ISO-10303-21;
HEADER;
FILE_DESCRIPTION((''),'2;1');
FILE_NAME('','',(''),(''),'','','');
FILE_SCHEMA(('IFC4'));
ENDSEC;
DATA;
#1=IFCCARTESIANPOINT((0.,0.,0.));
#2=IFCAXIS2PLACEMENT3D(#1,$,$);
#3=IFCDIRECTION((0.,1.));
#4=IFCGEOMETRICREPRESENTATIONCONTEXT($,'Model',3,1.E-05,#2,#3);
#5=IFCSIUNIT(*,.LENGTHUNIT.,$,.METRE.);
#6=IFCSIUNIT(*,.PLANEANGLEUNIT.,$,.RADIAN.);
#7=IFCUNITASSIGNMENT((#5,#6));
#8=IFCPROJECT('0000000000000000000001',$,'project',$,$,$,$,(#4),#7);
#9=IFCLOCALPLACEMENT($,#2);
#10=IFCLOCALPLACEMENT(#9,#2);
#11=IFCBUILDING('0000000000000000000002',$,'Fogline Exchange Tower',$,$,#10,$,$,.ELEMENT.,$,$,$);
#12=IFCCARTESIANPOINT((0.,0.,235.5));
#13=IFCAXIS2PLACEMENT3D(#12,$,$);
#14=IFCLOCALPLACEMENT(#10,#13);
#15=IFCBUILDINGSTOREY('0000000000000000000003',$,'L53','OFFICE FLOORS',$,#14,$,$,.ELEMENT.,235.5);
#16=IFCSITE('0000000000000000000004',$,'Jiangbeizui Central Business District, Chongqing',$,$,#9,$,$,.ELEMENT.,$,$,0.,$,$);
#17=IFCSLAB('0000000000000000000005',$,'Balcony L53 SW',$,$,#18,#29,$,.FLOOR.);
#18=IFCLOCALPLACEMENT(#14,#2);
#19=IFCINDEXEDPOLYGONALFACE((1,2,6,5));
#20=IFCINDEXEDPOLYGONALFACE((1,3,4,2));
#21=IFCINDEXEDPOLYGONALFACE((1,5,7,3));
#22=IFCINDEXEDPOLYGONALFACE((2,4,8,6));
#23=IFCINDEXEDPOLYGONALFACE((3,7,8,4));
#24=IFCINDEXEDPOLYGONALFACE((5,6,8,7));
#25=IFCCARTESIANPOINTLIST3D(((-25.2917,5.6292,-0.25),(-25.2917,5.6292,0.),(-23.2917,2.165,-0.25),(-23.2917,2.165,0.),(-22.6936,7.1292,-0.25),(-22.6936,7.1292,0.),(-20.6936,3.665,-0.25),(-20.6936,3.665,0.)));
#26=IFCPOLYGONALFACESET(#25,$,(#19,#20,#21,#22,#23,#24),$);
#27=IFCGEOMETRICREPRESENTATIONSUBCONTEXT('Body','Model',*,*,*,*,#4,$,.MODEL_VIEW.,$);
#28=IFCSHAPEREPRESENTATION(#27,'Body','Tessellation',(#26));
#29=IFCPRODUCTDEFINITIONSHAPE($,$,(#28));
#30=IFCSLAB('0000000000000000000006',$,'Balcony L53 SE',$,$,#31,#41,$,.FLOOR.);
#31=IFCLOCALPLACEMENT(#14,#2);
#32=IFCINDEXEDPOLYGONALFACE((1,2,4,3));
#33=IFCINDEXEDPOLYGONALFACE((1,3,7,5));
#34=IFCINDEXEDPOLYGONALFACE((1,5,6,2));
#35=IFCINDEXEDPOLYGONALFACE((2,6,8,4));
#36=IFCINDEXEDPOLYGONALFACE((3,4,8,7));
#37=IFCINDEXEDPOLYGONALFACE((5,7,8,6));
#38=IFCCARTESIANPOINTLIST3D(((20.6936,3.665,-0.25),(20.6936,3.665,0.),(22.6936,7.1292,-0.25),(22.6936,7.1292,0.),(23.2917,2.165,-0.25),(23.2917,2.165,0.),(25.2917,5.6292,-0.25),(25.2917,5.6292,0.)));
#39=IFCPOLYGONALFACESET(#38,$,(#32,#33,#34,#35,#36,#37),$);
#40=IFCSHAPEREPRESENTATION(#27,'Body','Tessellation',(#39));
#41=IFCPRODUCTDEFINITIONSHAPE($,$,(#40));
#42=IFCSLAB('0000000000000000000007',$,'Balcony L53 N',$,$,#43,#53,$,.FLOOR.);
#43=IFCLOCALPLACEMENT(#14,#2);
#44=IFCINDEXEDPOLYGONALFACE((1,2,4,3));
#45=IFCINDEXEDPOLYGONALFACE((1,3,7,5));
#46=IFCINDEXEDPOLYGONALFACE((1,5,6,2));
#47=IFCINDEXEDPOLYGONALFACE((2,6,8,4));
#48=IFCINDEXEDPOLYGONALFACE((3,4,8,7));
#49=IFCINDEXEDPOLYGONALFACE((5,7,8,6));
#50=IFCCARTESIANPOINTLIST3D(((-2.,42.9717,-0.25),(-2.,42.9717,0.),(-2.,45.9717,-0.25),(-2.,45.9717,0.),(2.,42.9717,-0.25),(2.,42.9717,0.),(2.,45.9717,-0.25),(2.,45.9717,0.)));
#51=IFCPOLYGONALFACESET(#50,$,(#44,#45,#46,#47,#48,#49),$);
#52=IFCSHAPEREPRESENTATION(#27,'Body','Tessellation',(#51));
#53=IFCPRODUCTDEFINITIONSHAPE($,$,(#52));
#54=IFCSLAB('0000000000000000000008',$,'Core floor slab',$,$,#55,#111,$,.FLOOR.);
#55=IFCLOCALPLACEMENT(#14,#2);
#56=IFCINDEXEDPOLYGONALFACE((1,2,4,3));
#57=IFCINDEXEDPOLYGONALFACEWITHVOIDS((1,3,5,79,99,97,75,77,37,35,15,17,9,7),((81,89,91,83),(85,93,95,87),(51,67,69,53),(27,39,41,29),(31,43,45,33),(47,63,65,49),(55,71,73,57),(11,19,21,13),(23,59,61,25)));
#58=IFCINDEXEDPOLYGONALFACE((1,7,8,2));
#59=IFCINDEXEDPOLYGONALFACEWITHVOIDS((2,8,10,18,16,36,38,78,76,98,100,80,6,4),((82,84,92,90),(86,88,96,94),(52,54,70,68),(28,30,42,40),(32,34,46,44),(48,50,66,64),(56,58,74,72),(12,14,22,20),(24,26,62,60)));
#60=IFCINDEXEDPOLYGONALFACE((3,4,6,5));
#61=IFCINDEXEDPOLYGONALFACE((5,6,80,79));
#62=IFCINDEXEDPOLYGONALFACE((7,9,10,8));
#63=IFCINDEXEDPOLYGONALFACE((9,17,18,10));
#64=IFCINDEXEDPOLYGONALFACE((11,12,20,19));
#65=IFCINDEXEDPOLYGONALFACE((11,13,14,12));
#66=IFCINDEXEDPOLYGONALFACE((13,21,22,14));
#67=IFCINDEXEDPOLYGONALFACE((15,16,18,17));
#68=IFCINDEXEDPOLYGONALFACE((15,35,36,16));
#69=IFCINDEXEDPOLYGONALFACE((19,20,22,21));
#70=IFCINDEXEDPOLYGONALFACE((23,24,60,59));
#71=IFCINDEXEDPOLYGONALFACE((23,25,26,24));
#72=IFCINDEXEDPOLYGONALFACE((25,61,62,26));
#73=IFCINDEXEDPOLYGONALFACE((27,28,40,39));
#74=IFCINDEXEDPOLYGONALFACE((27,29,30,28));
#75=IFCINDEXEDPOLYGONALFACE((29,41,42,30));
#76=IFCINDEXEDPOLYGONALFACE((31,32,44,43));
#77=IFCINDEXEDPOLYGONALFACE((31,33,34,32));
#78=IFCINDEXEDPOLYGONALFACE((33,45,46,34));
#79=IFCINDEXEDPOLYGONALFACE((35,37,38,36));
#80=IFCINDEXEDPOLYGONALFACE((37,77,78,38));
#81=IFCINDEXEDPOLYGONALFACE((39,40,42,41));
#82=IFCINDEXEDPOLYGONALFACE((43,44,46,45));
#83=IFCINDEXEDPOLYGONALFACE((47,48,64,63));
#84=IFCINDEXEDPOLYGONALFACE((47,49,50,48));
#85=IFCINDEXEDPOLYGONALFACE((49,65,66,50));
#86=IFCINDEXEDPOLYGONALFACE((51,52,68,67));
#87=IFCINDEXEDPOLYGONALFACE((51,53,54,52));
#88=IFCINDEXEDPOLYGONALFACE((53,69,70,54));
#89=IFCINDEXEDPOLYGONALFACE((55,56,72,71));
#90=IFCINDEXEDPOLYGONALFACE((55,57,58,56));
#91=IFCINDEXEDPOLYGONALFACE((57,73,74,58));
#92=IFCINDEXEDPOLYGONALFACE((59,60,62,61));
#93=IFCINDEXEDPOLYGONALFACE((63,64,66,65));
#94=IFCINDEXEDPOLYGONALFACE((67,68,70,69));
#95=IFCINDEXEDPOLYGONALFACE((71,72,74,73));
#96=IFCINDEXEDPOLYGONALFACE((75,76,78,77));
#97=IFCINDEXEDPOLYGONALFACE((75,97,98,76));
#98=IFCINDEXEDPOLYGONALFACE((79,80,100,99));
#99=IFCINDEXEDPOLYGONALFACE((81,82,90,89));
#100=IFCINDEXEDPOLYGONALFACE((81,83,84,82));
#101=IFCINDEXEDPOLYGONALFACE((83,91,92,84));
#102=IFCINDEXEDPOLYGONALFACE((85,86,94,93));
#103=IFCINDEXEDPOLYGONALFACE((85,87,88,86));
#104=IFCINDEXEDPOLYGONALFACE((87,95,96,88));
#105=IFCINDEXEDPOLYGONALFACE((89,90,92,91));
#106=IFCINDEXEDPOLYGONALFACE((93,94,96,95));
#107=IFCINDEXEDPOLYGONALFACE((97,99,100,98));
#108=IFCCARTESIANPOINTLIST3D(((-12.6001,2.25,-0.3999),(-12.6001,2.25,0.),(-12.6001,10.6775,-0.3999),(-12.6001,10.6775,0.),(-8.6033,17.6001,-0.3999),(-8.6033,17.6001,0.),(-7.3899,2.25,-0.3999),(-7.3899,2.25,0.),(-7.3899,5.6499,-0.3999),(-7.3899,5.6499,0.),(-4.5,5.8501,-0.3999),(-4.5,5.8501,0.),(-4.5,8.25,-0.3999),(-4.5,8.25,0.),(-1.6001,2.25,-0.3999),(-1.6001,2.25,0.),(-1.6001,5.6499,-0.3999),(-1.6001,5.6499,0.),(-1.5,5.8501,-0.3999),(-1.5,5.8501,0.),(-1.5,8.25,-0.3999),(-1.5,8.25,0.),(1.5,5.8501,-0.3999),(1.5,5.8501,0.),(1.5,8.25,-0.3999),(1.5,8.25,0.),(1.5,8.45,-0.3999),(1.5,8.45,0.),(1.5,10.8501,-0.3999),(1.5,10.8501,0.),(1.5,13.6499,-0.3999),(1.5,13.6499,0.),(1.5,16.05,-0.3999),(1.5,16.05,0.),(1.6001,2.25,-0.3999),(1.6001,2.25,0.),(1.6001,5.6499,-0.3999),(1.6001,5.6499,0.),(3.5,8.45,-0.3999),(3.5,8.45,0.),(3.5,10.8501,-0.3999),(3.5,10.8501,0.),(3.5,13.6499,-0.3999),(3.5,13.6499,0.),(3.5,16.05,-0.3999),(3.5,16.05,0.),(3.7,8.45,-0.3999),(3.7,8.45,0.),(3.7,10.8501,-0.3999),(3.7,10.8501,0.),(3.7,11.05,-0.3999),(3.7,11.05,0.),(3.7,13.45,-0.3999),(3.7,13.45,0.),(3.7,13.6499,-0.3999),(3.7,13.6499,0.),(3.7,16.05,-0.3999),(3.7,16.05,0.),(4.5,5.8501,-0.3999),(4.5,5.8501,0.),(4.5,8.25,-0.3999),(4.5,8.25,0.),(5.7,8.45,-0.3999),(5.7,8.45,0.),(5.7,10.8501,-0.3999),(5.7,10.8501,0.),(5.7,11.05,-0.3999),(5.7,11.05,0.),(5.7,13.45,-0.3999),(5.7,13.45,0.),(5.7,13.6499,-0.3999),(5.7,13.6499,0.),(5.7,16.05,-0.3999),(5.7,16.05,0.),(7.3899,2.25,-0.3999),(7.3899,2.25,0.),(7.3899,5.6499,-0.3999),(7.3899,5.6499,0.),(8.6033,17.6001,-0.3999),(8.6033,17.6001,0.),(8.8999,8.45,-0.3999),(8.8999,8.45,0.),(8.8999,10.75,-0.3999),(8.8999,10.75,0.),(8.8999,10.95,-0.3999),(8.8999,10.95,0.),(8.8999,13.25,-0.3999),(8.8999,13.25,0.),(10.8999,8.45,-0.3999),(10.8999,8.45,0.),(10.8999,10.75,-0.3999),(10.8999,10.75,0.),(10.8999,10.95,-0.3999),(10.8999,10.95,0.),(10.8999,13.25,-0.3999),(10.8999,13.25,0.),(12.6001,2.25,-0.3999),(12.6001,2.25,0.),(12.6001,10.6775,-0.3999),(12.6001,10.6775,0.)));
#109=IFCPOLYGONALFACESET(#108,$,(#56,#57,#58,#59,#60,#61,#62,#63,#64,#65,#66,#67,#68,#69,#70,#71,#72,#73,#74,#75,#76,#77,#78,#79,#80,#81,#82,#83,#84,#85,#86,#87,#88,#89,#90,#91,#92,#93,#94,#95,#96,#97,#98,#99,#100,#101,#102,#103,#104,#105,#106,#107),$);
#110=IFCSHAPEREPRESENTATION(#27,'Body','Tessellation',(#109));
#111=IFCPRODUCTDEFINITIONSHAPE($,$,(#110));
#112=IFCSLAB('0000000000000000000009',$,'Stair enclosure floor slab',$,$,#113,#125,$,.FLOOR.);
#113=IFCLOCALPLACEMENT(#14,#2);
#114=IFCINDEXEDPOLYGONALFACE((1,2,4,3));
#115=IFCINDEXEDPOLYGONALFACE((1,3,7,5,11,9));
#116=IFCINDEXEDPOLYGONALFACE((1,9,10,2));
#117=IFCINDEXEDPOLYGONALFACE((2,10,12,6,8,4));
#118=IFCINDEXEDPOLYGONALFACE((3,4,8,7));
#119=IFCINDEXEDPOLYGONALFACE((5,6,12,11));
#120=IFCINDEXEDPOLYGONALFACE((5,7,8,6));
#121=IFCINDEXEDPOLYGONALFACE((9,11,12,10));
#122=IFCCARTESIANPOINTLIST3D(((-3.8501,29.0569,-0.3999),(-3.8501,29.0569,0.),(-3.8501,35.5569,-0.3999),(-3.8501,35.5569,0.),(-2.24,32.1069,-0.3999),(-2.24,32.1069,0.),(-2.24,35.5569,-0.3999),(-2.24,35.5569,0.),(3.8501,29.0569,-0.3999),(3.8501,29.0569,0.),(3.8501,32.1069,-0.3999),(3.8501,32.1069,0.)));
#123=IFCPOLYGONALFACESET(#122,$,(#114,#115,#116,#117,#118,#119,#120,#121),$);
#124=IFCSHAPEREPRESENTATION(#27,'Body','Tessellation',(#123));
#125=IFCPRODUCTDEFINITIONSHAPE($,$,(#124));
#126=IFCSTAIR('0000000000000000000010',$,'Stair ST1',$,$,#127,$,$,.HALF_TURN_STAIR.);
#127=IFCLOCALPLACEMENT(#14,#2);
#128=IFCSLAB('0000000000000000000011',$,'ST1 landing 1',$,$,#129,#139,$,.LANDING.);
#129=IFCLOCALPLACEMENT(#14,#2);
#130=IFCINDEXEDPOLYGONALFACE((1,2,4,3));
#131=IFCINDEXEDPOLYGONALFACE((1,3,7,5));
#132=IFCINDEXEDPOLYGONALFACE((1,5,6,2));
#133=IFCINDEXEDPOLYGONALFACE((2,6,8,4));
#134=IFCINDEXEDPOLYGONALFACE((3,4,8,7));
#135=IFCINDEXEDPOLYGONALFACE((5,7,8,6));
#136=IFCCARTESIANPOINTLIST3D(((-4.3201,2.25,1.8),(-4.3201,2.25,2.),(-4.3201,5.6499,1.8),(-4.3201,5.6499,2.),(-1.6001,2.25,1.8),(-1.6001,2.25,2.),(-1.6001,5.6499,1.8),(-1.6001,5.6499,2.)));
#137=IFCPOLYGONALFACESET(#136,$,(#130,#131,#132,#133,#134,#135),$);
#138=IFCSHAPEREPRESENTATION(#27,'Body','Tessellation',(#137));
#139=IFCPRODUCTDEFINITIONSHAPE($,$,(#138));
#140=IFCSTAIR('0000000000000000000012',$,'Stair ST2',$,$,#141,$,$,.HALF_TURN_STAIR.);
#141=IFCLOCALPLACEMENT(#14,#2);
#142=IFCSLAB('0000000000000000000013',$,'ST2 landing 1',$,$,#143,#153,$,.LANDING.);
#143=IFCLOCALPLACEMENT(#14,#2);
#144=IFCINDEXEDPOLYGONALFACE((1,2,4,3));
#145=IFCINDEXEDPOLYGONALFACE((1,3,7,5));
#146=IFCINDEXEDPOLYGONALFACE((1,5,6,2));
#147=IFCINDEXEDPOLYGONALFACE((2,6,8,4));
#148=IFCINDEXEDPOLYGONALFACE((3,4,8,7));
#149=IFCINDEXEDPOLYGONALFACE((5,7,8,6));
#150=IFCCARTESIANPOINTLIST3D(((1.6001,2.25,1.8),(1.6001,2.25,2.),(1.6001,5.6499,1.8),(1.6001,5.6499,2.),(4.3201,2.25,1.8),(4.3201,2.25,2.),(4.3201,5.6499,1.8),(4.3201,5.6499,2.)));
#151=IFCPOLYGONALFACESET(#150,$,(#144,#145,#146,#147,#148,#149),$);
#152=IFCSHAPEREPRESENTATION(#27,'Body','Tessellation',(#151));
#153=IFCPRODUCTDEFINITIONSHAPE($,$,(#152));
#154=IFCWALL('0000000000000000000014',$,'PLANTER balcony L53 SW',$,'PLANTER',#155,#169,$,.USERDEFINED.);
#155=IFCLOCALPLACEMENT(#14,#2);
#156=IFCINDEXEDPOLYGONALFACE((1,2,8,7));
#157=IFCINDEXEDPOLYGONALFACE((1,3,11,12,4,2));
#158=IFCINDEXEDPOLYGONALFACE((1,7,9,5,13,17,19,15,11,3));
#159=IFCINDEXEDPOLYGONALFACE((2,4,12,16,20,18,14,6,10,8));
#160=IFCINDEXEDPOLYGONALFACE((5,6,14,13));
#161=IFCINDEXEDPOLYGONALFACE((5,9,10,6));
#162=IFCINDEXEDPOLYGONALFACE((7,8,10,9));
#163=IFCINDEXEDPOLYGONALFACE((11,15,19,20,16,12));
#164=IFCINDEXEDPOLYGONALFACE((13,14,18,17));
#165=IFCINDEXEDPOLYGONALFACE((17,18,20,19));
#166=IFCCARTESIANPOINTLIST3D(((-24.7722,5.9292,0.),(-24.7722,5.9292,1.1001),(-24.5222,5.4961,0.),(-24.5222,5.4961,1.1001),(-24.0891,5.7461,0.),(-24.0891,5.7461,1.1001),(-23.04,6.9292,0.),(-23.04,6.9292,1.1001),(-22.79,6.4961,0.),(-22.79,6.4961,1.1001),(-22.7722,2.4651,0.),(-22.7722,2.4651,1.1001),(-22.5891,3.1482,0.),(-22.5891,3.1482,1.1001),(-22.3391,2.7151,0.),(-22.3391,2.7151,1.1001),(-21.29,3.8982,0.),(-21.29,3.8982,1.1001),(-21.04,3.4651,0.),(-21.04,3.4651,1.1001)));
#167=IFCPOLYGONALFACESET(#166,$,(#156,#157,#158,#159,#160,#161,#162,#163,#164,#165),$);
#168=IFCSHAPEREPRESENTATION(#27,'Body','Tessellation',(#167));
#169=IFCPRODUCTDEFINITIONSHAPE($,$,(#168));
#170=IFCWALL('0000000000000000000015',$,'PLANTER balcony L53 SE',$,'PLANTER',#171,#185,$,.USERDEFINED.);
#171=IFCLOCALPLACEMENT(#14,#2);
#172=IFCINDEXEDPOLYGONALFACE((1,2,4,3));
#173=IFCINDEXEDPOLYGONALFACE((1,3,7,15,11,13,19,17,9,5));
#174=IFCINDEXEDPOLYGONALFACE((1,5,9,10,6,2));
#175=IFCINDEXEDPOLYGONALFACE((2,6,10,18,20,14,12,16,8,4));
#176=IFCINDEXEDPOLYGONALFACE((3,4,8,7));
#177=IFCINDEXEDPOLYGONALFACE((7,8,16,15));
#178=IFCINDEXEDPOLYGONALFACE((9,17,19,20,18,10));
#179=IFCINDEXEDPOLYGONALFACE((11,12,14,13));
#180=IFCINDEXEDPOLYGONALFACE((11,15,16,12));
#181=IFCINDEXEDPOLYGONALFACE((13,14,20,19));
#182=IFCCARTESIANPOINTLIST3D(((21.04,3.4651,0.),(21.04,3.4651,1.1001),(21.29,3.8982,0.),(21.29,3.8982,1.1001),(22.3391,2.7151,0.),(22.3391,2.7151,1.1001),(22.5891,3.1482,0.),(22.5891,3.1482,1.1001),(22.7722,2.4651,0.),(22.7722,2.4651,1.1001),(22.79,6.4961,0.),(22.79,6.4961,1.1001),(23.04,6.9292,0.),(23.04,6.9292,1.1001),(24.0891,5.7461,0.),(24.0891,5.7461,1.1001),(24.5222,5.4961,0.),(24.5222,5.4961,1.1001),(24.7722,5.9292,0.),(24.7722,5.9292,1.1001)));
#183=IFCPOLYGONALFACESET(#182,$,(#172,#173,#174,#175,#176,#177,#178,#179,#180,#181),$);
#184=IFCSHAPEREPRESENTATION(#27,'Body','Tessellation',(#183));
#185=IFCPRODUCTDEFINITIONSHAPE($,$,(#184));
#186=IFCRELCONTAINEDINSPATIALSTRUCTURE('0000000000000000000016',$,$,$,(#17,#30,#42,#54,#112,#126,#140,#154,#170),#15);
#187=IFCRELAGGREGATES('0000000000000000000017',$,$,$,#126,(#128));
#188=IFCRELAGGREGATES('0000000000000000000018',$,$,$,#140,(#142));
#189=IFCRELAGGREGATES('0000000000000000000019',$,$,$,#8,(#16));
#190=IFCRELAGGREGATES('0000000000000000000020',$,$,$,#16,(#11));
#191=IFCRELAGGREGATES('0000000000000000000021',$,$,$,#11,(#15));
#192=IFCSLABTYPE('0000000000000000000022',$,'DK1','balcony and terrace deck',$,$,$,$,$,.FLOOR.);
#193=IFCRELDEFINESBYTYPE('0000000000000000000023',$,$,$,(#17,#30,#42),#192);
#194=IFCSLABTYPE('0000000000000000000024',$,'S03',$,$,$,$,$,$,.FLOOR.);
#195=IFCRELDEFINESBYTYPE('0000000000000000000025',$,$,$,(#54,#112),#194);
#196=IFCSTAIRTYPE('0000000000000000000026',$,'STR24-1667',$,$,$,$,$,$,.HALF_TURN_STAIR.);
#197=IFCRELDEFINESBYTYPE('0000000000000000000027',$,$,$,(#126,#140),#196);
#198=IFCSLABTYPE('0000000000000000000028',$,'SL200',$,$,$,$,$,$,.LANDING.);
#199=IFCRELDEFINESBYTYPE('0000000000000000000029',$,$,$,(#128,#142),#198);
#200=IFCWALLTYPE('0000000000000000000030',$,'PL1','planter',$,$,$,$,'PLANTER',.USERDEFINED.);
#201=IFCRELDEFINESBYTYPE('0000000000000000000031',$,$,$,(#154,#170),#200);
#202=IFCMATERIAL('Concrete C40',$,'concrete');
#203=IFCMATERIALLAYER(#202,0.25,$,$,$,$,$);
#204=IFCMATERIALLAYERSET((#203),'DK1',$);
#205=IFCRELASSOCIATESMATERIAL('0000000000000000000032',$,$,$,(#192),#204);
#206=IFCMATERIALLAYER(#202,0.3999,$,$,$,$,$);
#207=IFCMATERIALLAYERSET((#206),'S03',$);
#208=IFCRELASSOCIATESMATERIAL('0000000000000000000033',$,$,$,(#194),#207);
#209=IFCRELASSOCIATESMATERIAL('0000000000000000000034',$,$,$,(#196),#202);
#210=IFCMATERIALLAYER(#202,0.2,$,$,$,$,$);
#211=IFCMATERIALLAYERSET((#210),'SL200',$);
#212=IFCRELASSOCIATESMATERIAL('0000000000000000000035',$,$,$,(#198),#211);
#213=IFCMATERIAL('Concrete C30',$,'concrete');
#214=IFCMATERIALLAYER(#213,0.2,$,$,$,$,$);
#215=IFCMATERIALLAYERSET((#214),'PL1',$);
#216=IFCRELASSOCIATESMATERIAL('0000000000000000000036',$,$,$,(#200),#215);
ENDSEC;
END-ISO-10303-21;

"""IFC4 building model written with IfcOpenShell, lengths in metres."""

from ifc_helpers import new_model, si_unit, direction, frame, origin, place, context, subcontext, project, spatial, polyline, outline, extrude, material, layer, layer_set, type_object, element, aggregate, save


model = new_model("IFC4")

# Units and contexts
model_context = context("Model", 3, precision=1e-05, world=origin(), true_north=direction((0.0, 1.0)))
body_context = subcontext(model_context, "Body", "Model", "MODEL_VIEW")
ifc_project = project(units=[si_unit("LENGTHUNIT", "METRE"), si_unit("PLANEANGLEUNIT", "RADIAN")], contexts=[model_context])

# Site, building, storey
site_placement = place(None, origin())
site = spatial("IfcSite", under=ifc_project, at=site_placement, Name="Jiangbeizui Central Business District, Chongqing", CompositionType="ELEMENT", RefElevation=0.0)
building_placement = place(site_placement, origin())
building = spatial("IfcBuilding", under=site, at=building_placement, Name="Fogline Exchange Tower", CompositionType="ELEMENT")
storey_placement = place(building_placement, frame((0.0, 0.0, 235.5)))
storey = spatial("IfcBuildingStorey", under=building, at=storey_placement, Name="L53", Description="OFFICE FLOORS", CompositionType="ELEMENT", Elevation=235.5)

# Slabs
ifc_material_1 = material(Name="Concrete C40", Category="concrete")
ifc_layer_1 = layer(ifc_material_1, 0.25)
ifc_layer_set_1 = layer_set([ifc_layer_1], Name="DK1")
slab_type_1 = type_object("IfcSlabType", Name="DK1", Description="balcony and terrace deck", PredefinedType="FLOOR", material=ifc_layer_set_1)
slab_1_placement = place(storey_placement, frame((0.0, 0.0, -0.25)))
element("IfcSlab", 1, at=slab_1_placement, inside=storey, type_object=slab_type_1, Name="Balcony L53 SW", PredefinedType="FLOOR", context=body_context, shape_type="SweptSolid", body=[
    extrude(outline(polyline([(-25.2917, 5.6292), (-23.2917, 2.165), (-20.6936, 3.665), (-22.6936, 7.1292), (-25.2917, 5.6292)])), origin(), (0.0, 0.0, 1.0), 0.25),
])
slab_2_placement = place(storey_placement, frame((0.0, 0.0, -0.25)))
element("IfcSlab", 2, at=slab_2_placement, inside=storey, type_object=slab_type_1, Name="Balcony L53 SE", PredefinedType="FLOOR", context=body_context, shape_type="SweptSolid", body=[
    extrude(outline(polyline([(23.2917, 2.165), (25.2917, 5.6292), (22.6936, 7.1292), (20.6936, 3.665), (23.2917, 2.165)])), origin(), (0.0, 0.0, 1.0), 0.25),
])
slab_3_placement = place(storey_placement, frame((0.0, 0.0, -0.25)))
element("IfcSlab", 3, at=slab_3_placement, inside=storey, type_object=slab_type_1, Name="Balcony L53 N", PredefinedType="FLOOR", context=body_context, shape_type="SweptSolid", body=[
    extrude(outline(polyline([(2.0, 45.9717), (-2.0, 45.9717), (-2.0, 42.9717), (2.0, 42.9717), (2.0, 45.9717)])), origin(), (0.0, 0.0, 1.0), 0.25),
])
ifc_layer_2 = layer(ifc_material_1, 0.3999)
ifc_layer_set_2 = layer_set([ifc_layer_2], Name="S03")
slab_type_2 = type_object("IfcSlabType", Name="S03", PredefinedType="FLOOR", material=ifc_layer_set_2)
slab_4_placement = place(storey_placement, frame((0.0, 0.0, -0.3999)))
element("IfcSlab", 4, at=slab_4_placement, inside=storey, type_object=slab_type_2, Name="Core floor slab", PredefinedType="FLOOR", context=body_context, shape_type="SweptSolid", body=[
    extrude(outline(polyline([(-12.6001, 2.25), (-12.6001, 10.6775), (-8.6033, 17.6001), (8.6033, 17.6001), (12.6001, 10.6775), (12.6001, 2.25), (7.3899, 2.25), (7.3899, 5.6499), (1.6001, 5.6499), (1.6001, 2.25), (-1.6001, 2.25), (-1.6001, 5.6499), (-7.3899, 5.6499), (-7.3899, 2.25), (-12.6001, 2.25)]), holes=[polyline([(-4.5, 8.25), (-4.5, 5.8501), (-1.5, 5.8501), (-1.5, 8.25), (-4.5, 8.25)]), polyline([(4.5, 8.25), (1.5, 8.25), (1.5, 5.8501), (4.5, 5.8501), (4.5, 8.25)]), polyline([(3.5, 10.8501), (1.5, 10.8501), (1.5, 8.45), (3.5, 8.45), (3.5, 10.8501)]), polyline([(1.5, 16.05), (1.5, 13.6499), (3.5, 13.6499), (3.5, 16.05), (1.5, 16.05)]), polyline([(10.8999, 10.75), (8.8999, 10.75), (8.8999, 8.45), (10.8999, 8.45), (10.8999, 10.75)]), polyline([(5.7, 10.8501), (3.7, 10.8501), (3.7, 8.45), (5.7, 8.45), (5.7, 10.8501)]), polyline([(8.8999, 13.25), (8.8999, 10.95), (10.8999, 10.95), (10.8999, 13.25), (8.8999, 13.25)]), polyline([(5.7, 13.45), (3.7, 13.45), (3.7, 11.05), (5.7, 11.05), (5.7, 13.45)]), polyline([(5.7, 16.05), (3.7, 16.05), (3.7, 13.6499), (5.7, 13.6499), (5.7, 16.05)])]), origin(), (0.0, 0.0, 1.0), 0.3999),
])
slab_5_placement = place(storey_placement, frame((0.0, 0.0, -0.3999)))
element("IfcSlab", 5, at=slab_5_placement, inside=storey, type_object=slab_type_2, Name="Stair enclosure floor slab", PredefinedType="FLOOR", context=body_context, shape_type="SweptSolid", body=[
    extrude(outline(polyline([(3.8501, 29.0569), (-3.8501, 29.0569), (-3.8501, 35.5569), (-2.24, 35.5569), (-2.24, 32.1069), (3.8501, 32.1069), (3.8501, 29.0569)])), origin(), (0.0, 0.0, 1.0), 0.3999),
])

# Stairs, slabs
stair_type = type_object("IfcStairType", Name="STR24-1667", PredefinedType="HALF_TURN_STAIR", material=ifc_material_1)
stair_1_placement = place(storey_placement, origin())
stair_1 = element("IfcStair", 6, at=stair_1_placement, inside=storey, type_object=stair_type, Name="Stair ST1", PredefinedType="HALF_TURN_STAIR")
ifc_layer_3 = layer(ifc_material_1, 0.2)
ifc_layer_set_3 = layer_set([ifc_layer_3], Name="SL200")
slab_type_3 = type_object("IfcSlabType", Name="SL200", PredefinedType="LANDING", material=ifc_layer_set_3)
slab_6_placement = place(storey_placement, frame((0.0, 0.0, 1.8)))
slab_6 = element("IfcSlab", 7, at=slab_6_placement, type_object=slab_type_3, Name="ST1 landing 1", PredefinedType="LANDING", context=body_context, shape_type="SweptSolid", body=[
    extrude(outline(polyline([(-4.3201, 2.25), (-1.6001, 2.25), (-1.6001, 5.6499), (-4.3201, 5.6499), (-4.3201, 2.25)])), origin(), (0.0, 0.0, 1.0), 0.2),
])
aggregate(stair_1, [slab_6])
stair_2_placement = place(storey_placement, origin())
stair_2 = element("IfcStair", 8, at=stair_2_placement, inside=storey, type_object=stair_type, Name="Stair ST2", PredefinedType="HALF_TURN_STAIR")
slab_7_placement = place(storey_placement, frame((0.0, 0.0, 1.8)))
slab_7 = element("IfcSlab", 9, at=slab_7_placement, type_object=slab_type_3, Name="ST2 landing 1", PredefinedType="LANDING", context=body_context, shape_type="SweptSolid", body=[
    extrude(outline(polyline([(1.6001, 2.25), (4.3201, 2.25), (4.3201, 5.6499), (1.6001, 5.6499), (1.6001, 2.25)])), origin(), (0.0, 0.0, 1.0), 0.2),
])
aggregate(stair_2, [slab_7])

# Walls
ifc_material_2 = material(Name="Concrete C30", Category="concrete")
ifc_layer_4 = layer(ifc_material_2, 0.2)
ifc_layer_set_4 = layer_set([ifc_layer_4], Name="PL1")
wall_type = type_object("IfcWallType", Name="PL1", Description="planter", ElementType="PLANTER", PredefinedType="USERDEFINED", material=ifc_layer_set_4)
wall_1_placement = place(storey_placement, origin())
element("IfcWall", 10, at=wall_1_placement, inside=storey, type_object=wall_type, Name="PLANTER balcony L53 SW", ObjectType="PLANTER", PredefinedType="USERDEFINED", context=body_context, shape_type="SweptSolid", body=[
    extrude(outline(polyline([(-21.29, 3.8982), (-22.5891, 3.1482), (-24.0891, 5.7461), (-22.79, 6.4961), (-23.04, 6.9292), (-24.7722, 5.9292), (-24.5222, 5.4961), (-22.7722, 2.4651), (-22.3391, 2.7151), (-22.3391, 2.7151), (-21.04, 3.4651), (-21.29, 3.8982)])), origin(), (0.0, 0.0, 1.0), 1.1001),
])
wall_2_placement = place(storey_placement, origin())
element("IfcWall", 11, at=wall_2_placement, inside=storey, type_object=wall_type, Name="PLANTER balcony L53 SE", ObjectType="PLANTER", PredefinedType="USERDEFINED", context=body_context, shape_type="SweptSolid", body=[
    extrude(outline(polyline([(21.04, 3.4651), (22.3391, 2.7151), (22.3391, 2.7151), (22.7722, 2.4651), (24.5222, 5.4961), (24.7722, 5.9292), (23.04, 6.9292), (22.79, 6.4961), (24.0891, 5.7461), (22.5891, 3.1482), (21.29, 3.8982), (21.04, 3.4651)])), origin(), (0.0, 0.0, 1.0), 1.1001),
])

save(model, "model.ifc")
